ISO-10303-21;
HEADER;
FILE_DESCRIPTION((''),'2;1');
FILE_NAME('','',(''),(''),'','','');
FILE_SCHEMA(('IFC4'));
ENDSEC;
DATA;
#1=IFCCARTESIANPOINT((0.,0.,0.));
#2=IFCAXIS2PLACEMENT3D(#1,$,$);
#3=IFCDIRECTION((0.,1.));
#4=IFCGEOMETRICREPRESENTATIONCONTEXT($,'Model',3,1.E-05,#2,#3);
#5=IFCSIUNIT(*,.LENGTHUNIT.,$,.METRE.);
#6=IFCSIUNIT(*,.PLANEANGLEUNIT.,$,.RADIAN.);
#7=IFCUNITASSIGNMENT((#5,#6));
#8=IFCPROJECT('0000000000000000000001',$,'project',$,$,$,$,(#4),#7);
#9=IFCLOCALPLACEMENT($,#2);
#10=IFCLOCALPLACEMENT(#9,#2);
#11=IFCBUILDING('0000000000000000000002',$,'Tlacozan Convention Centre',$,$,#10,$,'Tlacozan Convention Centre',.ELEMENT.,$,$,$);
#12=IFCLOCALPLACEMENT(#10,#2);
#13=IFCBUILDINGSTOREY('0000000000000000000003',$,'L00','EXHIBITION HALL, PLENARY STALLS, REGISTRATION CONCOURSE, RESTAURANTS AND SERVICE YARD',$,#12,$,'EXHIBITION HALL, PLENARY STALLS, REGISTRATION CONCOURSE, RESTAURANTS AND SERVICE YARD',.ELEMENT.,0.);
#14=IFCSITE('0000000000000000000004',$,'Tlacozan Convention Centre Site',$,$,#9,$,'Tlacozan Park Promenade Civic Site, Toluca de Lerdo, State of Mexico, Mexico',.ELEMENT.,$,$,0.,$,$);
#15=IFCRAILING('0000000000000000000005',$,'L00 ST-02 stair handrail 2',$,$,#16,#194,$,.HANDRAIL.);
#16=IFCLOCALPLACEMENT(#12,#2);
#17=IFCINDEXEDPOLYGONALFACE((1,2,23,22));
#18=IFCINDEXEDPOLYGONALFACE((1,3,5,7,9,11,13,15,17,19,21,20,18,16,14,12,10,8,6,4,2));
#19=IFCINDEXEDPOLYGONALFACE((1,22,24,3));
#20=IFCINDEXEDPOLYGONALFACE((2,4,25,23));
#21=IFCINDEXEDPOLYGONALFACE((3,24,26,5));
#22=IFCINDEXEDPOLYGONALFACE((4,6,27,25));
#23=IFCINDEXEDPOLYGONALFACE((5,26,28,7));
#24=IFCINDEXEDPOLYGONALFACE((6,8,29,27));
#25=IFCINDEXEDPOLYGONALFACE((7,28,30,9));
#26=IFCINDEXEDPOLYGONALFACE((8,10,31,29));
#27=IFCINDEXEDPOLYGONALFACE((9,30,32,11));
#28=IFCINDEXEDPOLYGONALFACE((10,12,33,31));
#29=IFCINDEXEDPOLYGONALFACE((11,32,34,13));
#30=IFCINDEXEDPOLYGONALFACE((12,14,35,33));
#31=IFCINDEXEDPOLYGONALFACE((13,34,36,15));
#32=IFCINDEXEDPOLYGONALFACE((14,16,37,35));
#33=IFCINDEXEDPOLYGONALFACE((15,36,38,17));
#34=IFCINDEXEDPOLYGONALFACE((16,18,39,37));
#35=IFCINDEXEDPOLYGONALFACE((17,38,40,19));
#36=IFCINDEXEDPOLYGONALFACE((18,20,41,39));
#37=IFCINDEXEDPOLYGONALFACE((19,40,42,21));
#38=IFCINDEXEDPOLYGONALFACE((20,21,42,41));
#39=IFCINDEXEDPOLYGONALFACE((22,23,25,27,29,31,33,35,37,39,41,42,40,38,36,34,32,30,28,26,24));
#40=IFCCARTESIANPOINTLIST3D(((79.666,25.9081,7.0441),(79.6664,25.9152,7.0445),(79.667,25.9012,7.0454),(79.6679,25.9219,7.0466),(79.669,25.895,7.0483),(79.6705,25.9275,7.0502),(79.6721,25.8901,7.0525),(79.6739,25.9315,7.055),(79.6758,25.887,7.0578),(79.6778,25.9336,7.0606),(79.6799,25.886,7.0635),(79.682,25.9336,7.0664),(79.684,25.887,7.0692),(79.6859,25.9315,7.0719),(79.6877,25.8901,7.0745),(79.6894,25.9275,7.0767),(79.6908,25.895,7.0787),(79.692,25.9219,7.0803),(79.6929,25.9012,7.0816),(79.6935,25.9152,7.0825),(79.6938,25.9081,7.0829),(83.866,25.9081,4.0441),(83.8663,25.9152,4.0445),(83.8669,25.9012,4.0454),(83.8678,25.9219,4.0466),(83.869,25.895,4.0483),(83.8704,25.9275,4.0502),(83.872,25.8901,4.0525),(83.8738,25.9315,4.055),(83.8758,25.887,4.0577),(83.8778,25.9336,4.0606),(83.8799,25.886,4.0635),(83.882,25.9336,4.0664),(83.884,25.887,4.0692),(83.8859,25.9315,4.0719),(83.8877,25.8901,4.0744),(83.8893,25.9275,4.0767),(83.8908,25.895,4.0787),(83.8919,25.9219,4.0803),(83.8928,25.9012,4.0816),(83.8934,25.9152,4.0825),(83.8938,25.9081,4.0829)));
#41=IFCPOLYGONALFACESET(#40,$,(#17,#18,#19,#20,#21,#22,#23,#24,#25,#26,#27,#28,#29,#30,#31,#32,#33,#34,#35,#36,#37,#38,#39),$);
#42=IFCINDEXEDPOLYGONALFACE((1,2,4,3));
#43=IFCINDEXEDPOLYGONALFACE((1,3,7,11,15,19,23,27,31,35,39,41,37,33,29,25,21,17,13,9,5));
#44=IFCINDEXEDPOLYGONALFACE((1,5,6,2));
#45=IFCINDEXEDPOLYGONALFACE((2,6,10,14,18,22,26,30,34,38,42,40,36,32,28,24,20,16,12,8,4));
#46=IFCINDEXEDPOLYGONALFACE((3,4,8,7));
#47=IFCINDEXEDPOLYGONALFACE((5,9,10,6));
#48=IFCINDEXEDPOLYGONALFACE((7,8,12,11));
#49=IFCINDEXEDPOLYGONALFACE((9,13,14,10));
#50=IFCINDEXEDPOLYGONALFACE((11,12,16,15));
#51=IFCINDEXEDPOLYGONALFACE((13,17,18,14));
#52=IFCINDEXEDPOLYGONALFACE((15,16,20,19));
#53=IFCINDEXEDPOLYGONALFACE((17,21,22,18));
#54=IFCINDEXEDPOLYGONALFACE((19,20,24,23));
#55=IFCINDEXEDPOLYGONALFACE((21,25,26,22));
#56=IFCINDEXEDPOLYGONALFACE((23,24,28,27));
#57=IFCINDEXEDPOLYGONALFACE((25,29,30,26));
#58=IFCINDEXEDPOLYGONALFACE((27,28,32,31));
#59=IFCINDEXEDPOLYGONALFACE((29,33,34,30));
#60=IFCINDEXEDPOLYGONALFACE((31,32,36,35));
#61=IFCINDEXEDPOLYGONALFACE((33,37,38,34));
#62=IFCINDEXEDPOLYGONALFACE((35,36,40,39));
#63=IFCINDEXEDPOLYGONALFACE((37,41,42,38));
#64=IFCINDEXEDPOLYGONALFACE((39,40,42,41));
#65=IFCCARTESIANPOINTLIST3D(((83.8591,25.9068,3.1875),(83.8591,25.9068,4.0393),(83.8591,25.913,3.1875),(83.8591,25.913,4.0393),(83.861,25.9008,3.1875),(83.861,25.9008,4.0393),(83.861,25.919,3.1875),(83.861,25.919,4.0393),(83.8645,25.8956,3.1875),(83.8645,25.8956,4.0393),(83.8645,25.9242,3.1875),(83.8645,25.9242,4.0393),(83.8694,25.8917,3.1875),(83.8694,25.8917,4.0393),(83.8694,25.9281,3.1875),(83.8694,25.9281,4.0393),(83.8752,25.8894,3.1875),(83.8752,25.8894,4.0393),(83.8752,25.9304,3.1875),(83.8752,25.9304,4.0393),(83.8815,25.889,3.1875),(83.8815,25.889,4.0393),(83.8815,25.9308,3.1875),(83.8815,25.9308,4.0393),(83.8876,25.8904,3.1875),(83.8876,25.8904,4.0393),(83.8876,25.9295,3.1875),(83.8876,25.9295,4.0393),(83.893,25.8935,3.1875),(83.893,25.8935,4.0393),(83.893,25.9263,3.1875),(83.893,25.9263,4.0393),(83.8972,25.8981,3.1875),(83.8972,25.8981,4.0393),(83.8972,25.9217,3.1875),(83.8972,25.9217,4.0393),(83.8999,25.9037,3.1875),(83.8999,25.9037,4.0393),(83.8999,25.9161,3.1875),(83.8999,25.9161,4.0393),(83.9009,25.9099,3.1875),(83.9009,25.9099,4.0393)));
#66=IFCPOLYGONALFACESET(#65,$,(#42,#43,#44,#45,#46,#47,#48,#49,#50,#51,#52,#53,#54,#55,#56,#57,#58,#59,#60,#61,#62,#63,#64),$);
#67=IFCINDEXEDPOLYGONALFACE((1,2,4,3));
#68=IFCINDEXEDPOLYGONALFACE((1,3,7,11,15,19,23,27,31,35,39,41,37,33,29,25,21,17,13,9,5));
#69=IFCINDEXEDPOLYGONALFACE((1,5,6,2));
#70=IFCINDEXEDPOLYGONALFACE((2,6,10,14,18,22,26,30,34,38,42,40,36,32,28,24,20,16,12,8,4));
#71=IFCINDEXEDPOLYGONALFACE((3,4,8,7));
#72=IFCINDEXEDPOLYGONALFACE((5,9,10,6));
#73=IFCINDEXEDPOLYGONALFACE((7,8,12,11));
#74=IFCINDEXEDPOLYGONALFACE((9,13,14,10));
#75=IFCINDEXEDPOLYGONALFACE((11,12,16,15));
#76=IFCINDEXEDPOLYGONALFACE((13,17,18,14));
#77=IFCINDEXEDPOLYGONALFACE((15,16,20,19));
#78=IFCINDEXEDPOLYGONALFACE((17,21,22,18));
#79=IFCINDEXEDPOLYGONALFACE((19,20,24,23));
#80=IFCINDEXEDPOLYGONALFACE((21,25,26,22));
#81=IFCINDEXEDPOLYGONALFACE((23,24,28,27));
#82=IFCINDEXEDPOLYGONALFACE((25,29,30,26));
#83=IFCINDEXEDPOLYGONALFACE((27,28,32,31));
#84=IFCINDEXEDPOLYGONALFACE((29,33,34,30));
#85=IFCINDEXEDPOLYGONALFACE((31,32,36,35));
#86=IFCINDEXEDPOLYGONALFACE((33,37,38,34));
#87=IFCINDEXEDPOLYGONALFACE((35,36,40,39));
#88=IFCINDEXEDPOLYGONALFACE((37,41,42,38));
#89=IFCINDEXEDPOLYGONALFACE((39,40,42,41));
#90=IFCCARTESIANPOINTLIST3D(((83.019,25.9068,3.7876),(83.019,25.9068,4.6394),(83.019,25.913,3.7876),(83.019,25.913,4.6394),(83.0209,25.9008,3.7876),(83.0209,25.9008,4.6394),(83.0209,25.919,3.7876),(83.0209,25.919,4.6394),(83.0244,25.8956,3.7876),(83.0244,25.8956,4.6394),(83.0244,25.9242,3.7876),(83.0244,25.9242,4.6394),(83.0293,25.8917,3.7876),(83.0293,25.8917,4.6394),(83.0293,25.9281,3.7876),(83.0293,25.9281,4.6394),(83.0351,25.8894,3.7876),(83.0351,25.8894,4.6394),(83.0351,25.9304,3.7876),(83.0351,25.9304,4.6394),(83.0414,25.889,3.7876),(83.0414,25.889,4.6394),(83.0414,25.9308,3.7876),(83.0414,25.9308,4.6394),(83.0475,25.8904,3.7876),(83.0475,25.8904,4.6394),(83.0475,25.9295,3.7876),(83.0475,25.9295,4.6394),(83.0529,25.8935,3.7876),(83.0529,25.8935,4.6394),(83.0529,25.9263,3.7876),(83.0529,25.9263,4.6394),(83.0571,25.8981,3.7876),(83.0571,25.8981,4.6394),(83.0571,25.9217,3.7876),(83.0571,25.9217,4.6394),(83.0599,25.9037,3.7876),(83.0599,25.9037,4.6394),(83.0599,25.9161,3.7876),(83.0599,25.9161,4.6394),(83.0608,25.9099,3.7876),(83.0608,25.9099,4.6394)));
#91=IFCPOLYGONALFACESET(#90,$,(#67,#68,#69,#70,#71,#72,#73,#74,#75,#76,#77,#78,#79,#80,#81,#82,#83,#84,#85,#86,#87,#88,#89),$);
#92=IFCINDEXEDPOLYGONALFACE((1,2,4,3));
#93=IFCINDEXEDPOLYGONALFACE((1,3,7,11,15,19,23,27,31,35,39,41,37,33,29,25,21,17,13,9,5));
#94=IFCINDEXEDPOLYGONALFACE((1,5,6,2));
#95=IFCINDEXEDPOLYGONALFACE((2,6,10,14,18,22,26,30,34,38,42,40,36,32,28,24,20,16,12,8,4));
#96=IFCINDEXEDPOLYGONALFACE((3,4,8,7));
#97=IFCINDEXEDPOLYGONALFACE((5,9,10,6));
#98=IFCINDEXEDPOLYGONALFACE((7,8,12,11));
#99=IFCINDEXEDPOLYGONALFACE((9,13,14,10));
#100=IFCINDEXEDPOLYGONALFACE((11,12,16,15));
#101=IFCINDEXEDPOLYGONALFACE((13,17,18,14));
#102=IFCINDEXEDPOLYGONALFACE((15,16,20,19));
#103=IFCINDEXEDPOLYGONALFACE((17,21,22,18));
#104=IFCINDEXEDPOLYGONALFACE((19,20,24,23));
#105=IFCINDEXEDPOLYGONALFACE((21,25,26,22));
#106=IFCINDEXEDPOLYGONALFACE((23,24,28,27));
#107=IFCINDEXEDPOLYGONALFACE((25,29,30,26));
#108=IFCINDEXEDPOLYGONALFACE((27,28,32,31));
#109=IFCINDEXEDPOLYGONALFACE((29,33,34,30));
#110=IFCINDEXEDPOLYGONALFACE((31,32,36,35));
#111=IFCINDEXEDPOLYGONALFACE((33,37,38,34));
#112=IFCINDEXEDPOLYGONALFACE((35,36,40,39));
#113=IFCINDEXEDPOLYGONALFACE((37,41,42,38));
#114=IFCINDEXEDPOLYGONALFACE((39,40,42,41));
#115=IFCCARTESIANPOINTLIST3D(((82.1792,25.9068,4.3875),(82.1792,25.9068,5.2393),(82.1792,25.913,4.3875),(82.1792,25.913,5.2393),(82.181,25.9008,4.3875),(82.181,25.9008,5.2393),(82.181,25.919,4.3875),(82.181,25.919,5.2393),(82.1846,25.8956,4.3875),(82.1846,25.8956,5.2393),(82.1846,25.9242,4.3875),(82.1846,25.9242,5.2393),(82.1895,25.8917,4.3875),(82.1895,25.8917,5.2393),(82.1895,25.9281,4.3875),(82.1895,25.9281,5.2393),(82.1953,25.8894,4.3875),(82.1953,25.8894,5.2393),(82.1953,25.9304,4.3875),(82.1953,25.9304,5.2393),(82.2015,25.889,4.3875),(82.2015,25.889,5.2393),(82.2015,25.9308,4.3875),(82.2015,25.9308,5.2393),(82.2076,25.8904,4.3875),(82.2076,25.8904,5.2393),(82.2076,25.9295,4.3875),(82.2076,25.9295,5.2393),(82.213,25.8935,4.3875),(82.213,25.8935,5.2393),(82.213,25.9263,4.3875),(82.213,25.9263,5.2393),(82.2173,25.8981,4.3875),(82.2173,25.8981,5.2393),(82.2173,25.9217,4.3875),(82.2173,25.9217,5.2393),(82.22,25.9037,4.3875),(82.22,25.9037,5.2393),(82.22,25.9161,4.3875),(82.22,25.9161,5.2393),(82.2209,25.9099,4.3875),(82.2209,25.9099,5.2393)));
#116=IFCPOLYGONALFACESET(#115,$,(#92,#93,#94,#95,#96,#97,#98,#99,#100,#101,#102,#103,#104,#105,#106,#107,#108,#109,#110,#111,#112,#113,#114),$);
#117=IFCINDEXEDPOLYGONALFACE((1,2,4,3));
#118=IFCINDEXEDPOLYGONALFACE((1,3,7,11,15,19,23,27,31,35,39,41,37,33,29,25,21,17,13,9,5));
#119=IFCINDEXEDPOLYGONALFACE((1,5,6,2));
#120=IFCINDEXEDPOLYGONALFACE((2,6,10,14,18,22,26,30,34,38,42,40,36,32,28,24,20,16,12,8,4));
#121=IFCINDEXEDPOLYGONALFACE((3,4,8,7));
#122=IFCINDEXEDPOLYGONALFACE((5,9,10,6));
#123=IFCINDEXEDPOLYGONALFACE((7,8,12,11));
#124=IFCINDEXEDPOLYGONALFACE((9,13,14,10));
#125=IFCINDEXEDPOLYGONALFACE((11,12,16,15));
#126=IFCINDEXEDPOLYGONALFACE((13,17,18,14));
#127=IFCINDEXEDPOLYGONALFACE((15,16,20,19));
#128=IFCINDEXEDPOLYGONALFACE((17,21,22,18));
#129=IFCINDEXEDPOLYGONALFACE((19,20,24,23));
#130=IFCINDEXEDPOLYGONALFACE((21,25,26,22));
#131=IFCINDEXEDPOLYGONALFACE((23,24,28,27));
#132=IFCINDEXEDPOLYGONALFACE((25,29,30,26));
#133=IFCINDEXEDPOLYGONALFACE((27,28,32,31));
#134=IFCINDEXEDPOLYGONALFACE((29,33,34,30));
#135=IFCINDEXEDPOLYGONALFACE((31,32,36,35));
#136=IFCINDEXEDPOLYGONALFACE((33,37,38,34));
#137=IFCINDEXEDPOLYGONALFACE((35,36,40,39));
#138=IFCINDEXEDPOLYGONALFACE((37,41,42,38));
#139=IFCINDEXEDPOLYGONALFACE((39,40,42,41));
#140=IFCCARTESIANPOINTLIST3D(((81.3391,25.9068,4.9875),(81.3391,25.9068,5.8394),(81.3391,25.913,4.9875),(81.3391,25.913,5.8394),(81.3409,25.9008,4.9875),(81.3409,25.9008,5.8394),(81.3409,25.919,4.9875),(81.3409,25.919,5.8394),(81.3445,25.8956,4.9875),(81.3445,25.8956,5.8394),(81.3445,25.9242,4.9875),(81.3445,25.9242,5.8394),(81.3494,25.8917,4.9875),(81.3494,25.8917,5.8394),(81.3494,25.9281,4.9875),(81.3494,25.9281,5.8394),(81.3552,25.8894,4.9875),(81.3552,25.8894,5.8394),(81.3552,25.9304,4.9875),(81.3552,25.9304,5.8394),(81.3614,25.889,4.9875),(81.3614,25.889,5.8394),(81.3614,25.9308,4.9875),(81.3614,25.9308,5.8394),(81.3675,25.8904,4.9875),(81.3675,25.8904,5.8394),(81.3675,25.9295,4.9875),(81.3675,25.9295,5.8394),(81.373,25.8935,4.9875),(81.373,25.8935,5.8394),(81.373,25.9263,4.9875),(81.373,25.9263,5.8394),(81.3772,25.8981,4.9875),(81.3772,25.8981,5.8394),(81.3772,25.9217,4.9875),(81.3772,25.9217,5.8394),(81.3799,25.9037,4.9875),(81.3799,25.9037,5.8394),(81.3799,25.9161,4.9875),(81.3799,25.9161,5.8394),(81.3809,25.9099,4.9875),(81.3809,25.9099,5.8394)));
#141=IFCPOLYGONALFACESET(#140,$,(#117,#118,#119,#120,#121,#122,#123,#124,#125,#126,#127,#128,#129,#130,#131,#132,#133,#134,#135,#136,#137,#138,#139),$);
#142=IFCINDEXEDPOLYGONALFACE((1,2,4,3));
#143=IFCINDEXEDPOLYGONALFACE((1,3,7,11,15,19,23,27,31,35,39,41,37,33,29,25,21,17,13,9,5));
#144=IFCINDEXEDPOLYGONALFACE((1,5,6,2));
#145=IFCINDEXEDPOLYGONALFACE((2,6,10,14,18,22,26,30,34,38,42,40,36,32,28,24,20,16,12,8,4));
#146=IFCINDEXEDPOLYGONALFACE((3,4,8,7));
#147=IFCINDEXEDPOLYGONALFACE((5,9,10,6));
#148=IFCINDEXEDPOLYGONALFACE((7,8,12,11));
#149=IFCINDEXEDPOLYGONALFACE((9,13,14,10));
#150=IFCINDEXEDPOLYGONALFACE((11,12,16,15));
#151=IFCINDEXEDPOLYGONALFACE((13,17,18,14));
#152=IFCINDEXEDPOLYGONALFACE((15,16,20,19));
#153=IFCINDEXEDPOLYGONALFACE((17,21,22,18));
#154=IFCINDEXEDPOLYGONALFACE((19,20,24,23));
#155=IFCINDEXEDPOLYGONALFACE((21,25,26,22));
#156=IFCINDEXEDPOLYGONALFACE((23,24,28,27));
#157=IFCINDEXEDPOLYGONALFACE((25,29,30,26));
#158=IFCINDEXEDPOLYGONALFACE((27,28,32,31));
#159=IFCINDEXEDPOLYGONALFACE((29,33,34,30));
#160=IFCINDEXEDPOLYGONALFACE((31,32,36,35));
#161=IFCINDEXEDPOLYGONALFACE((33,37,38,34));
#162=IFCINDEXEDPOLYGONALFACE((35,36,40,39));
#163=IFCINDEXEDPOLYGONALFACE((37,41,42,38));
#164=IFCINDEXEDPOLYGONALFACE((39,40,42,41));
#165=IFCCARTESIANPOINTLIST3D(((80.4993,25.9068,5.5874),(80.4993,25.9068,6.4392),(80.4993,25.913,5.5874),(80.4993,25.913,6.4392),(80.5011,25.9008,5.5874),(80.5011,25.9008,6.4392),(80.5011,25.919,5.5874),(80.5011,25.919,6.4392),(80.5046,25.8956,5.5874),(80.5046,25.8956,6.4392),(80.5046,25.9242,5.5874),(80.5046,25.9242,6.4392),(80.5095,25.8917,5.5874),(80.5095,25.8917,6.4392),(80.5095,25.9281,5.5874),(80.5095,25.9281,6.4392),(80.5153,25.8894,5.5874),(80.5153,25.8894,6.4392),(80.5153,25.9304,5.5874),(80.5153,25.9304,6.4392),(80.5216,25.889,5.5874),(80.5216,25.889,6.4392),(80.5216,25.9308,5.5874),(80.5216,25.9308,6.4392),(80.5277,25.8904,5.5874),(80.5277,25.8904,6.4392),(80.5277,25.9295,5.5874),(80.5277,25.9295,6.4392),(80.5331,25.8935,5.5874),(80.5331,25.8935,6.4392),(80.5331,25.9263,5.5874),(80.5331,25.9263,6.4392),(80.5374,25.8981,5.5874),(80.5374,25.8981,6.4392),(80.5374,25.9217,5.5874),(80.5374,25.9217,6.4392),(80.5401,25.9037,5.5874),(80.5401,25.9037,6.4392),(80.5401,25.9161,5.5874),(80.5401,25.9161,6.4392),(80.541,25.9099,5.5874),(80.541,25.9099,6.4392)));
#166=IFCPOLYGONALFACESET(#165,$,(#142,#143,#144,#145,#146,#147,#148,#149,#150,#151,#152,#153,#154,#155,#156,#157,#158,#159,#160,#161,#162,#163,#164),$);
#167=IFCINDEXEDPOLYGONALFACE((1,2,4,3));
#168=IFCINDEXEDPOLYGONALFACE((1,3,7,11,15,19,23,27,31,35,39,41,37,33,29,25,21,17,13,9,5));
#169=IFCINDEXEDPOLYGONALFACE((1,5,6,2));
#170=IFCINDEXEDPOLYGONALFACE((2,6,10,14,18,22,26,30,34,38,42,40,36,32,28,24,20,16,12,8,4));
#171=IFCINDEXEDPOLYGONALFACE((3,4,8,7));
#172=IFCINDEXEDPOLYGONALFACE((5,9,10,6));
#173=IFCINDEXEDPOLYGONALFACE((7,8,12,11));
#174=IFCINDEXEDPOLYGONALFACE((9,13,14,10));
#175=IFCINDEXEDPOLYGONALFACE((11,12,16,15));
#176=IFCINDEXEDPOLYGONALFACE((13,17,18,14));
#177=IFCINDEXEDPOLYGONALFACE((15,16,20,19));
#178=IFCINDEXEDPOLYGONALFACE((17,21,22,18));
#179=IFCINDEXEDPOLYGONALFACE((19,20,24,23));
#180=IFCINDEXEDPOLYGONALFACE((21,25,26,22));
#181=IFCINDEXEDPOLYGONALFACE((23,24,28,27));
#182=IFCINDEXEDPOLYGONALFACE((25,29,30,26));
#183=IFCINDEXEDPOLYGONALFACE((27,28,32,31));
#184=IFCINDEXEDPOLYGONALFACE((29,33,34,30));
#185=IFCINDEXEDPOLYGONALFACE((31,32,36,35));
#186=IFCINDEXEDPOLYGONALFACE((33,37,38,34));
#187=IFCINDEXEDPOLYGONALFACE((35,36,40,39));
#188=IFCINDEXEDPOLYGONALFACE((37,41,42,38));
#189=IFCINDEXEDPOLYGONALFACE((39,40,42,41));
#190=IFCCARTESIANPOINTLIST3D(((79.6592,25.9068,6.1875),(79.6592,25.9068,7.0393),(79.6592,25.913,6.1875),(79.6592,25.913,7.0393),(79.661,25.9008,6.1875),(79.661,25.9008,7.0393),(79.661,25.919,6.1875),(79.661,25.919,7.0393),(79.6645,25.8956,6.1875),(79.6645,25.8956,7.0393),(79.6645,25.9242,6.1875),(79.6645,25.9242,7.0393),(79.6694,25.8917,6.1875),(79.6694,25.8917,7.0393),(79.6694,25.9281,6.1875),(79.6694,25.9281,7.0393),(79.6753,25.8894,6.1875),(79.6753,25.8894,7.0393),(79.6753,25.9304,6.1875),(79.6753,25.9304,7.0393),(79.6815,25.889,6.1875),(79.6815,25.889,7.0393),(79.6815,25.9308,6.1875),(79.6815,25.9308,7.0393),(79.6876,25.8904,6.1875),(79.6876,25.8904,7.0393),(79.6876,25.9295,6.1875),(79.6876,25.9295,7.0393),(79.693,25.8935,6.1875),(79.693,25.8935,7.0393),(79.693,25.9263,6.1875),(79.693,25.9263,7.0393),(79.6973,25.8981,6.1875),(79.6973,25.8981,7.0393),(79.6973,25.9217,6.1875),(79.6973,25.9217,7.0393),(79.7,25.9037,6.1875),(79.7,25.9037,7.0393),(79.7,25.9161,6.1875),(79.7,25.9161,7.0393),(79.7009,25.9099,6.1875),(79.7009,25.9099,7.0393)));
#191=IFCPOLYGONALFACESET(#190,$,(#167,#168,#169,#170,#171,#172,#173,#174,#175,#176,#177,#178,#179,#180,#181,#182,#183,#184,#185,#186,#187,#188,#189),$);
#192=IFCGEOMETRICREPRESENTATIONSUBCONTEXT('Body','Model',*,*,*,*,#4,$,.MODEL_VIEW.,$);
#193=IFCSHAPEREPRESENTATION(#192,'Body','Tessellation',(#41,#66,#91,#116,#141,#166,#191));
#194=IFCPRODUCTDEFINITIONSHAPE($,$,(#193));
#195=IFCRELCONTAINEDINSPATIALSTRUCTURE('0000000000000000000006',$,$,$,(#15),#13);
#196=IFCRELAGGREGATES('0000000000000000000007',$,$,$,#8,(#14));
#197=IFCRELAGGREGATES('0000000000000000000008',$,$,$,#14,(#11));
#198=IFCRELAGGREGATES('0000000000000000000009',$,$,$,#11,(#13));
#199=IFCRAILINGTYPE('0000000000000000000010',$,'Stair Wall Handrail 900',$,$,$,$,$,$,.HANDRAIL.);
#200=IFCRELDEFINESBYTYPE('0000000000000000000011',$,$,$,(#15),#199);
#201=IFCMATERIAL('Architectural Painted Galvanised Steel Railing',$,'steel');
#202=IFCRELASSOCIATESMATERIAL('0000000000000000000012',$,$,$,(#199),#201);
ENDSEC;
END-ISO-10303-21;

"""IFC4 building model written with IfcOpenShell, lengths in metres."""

from ifc_helpers import new_model, si_unit, direction, frame, origin, origin_2d, place, context, subcontext, project, spatial, circle, extrude, material, type_object, element, save


model = new_model("IFC4")

# Units and contexts
model_context = context("Model", 3, precision=1e-05, world=origin(), true_north=direction((0.0, 1.0)))
body_context = subcontext(model_context, "Body", "Model", "MODEL_VIEW")
ifc_project = project(units=[si_unit("LENGTHUNIT", "METRE"), si_unit("PLANEANGLEUNIT", "RADIAN")], contexts=[model_context])

# Site, building, storey
site_placement = place(None, origin())
site = spatial("IfcSite", under=ifc_project, at=site_placement, Name="Tlacozan Convention Centre Site", LongName="Tlacozan Park Promenade Civic Site, Toluca de Lerdo, State of Mexico, Mexico", CompositionType="ELEMENT", RefElevation=0.0)
building_placement = place(site_placement, origin())
building = spatial("IfcBuilding", under=site, at=building_placement, Name="Tlacozan Convention Centre", LongName="Tlacozan Convention Centre", CompositionType="ELEMENT")
storey_placement = place(building_placement, origin())
storey = spatial("IfcBuildingStorey", under=building, at=storey_placement, Name="L00", Description="EXHIBITION HALL, PLENARY STALLS, REGISTRATION CONCOURSE, RESTAURANTS AND SERVICE YARD", LongName="EXHIBITION HALL, PLENARY STALLS, REGISTRATION CONCOURSE, RESTAURANTS AND SERVICE YARD", CompositionType="ELEMENT", Elevation=0.0)

# Railing
ifc_material_1 = material(Name="Architectural Painted Galvanised Steel Railing", Category="steel")
railing_type_1 = type_object("IfcRailingType", Name="Stair Wall Handrail 900", PredefinedType="HANDRAIL", material=ifc_material_1)
railing_1_placement = place(storey_placement, frame((83.8799, 25.9099, 3.1875)))
element("IfcRailing", 1, at=railing_1_placement, inside=storey, type_object=railing_type_1, Name="L00 ST-02 stair handrail 2", PredefinedType="HANDRAIL", context=body_context, shape_type="SweptSolid", body=[
    extrude(circle(Radius=0.0239, at=origin_2d()), frame((0.0, 0.0, 0.876), z_axis=(-0.81373, 0.0, 0.581243), x_axis=(0.0, -1.0, 0.0)), (0.0, 0.0, 1.0), 5.1614),
    extrude(circle(Radius=0.021, at=origin_2d()), origin(), (0.0, 0.0, 1.0), 0.8518),
    extrude(circle(Radius=0.021, at=origin_2d()), frame((-0.8401, 0.0, 0.6001)), (0.0, 0.0, 1.0), 0.8518),
    extrude(circle(Radius=0.021, at=origin_2d()), frame((-1.6799, 0.0, 1.2)), (0.0, 0.0, 1.0), 0.8518),
    extrude(circle(Radius=0.021, at=origin_2d()), frame((-2.52, 0.0, 1.8)), (0.0, 0.0, 1.0), 0.8518),
    extrude(circle(Radius=0.021, at=origin_2d()), frame((-3.3599, 0.0, 2.3999)), (0.0, 0.0, 1.0), 0.8518),
    extrude(circle(Radius=0.021, at=origin_2d()), frame((-4.2, 0.0, 3.0)), (0.0, 0.0, 1.0), 0.8518),
])

save(model, "model.ifc")
